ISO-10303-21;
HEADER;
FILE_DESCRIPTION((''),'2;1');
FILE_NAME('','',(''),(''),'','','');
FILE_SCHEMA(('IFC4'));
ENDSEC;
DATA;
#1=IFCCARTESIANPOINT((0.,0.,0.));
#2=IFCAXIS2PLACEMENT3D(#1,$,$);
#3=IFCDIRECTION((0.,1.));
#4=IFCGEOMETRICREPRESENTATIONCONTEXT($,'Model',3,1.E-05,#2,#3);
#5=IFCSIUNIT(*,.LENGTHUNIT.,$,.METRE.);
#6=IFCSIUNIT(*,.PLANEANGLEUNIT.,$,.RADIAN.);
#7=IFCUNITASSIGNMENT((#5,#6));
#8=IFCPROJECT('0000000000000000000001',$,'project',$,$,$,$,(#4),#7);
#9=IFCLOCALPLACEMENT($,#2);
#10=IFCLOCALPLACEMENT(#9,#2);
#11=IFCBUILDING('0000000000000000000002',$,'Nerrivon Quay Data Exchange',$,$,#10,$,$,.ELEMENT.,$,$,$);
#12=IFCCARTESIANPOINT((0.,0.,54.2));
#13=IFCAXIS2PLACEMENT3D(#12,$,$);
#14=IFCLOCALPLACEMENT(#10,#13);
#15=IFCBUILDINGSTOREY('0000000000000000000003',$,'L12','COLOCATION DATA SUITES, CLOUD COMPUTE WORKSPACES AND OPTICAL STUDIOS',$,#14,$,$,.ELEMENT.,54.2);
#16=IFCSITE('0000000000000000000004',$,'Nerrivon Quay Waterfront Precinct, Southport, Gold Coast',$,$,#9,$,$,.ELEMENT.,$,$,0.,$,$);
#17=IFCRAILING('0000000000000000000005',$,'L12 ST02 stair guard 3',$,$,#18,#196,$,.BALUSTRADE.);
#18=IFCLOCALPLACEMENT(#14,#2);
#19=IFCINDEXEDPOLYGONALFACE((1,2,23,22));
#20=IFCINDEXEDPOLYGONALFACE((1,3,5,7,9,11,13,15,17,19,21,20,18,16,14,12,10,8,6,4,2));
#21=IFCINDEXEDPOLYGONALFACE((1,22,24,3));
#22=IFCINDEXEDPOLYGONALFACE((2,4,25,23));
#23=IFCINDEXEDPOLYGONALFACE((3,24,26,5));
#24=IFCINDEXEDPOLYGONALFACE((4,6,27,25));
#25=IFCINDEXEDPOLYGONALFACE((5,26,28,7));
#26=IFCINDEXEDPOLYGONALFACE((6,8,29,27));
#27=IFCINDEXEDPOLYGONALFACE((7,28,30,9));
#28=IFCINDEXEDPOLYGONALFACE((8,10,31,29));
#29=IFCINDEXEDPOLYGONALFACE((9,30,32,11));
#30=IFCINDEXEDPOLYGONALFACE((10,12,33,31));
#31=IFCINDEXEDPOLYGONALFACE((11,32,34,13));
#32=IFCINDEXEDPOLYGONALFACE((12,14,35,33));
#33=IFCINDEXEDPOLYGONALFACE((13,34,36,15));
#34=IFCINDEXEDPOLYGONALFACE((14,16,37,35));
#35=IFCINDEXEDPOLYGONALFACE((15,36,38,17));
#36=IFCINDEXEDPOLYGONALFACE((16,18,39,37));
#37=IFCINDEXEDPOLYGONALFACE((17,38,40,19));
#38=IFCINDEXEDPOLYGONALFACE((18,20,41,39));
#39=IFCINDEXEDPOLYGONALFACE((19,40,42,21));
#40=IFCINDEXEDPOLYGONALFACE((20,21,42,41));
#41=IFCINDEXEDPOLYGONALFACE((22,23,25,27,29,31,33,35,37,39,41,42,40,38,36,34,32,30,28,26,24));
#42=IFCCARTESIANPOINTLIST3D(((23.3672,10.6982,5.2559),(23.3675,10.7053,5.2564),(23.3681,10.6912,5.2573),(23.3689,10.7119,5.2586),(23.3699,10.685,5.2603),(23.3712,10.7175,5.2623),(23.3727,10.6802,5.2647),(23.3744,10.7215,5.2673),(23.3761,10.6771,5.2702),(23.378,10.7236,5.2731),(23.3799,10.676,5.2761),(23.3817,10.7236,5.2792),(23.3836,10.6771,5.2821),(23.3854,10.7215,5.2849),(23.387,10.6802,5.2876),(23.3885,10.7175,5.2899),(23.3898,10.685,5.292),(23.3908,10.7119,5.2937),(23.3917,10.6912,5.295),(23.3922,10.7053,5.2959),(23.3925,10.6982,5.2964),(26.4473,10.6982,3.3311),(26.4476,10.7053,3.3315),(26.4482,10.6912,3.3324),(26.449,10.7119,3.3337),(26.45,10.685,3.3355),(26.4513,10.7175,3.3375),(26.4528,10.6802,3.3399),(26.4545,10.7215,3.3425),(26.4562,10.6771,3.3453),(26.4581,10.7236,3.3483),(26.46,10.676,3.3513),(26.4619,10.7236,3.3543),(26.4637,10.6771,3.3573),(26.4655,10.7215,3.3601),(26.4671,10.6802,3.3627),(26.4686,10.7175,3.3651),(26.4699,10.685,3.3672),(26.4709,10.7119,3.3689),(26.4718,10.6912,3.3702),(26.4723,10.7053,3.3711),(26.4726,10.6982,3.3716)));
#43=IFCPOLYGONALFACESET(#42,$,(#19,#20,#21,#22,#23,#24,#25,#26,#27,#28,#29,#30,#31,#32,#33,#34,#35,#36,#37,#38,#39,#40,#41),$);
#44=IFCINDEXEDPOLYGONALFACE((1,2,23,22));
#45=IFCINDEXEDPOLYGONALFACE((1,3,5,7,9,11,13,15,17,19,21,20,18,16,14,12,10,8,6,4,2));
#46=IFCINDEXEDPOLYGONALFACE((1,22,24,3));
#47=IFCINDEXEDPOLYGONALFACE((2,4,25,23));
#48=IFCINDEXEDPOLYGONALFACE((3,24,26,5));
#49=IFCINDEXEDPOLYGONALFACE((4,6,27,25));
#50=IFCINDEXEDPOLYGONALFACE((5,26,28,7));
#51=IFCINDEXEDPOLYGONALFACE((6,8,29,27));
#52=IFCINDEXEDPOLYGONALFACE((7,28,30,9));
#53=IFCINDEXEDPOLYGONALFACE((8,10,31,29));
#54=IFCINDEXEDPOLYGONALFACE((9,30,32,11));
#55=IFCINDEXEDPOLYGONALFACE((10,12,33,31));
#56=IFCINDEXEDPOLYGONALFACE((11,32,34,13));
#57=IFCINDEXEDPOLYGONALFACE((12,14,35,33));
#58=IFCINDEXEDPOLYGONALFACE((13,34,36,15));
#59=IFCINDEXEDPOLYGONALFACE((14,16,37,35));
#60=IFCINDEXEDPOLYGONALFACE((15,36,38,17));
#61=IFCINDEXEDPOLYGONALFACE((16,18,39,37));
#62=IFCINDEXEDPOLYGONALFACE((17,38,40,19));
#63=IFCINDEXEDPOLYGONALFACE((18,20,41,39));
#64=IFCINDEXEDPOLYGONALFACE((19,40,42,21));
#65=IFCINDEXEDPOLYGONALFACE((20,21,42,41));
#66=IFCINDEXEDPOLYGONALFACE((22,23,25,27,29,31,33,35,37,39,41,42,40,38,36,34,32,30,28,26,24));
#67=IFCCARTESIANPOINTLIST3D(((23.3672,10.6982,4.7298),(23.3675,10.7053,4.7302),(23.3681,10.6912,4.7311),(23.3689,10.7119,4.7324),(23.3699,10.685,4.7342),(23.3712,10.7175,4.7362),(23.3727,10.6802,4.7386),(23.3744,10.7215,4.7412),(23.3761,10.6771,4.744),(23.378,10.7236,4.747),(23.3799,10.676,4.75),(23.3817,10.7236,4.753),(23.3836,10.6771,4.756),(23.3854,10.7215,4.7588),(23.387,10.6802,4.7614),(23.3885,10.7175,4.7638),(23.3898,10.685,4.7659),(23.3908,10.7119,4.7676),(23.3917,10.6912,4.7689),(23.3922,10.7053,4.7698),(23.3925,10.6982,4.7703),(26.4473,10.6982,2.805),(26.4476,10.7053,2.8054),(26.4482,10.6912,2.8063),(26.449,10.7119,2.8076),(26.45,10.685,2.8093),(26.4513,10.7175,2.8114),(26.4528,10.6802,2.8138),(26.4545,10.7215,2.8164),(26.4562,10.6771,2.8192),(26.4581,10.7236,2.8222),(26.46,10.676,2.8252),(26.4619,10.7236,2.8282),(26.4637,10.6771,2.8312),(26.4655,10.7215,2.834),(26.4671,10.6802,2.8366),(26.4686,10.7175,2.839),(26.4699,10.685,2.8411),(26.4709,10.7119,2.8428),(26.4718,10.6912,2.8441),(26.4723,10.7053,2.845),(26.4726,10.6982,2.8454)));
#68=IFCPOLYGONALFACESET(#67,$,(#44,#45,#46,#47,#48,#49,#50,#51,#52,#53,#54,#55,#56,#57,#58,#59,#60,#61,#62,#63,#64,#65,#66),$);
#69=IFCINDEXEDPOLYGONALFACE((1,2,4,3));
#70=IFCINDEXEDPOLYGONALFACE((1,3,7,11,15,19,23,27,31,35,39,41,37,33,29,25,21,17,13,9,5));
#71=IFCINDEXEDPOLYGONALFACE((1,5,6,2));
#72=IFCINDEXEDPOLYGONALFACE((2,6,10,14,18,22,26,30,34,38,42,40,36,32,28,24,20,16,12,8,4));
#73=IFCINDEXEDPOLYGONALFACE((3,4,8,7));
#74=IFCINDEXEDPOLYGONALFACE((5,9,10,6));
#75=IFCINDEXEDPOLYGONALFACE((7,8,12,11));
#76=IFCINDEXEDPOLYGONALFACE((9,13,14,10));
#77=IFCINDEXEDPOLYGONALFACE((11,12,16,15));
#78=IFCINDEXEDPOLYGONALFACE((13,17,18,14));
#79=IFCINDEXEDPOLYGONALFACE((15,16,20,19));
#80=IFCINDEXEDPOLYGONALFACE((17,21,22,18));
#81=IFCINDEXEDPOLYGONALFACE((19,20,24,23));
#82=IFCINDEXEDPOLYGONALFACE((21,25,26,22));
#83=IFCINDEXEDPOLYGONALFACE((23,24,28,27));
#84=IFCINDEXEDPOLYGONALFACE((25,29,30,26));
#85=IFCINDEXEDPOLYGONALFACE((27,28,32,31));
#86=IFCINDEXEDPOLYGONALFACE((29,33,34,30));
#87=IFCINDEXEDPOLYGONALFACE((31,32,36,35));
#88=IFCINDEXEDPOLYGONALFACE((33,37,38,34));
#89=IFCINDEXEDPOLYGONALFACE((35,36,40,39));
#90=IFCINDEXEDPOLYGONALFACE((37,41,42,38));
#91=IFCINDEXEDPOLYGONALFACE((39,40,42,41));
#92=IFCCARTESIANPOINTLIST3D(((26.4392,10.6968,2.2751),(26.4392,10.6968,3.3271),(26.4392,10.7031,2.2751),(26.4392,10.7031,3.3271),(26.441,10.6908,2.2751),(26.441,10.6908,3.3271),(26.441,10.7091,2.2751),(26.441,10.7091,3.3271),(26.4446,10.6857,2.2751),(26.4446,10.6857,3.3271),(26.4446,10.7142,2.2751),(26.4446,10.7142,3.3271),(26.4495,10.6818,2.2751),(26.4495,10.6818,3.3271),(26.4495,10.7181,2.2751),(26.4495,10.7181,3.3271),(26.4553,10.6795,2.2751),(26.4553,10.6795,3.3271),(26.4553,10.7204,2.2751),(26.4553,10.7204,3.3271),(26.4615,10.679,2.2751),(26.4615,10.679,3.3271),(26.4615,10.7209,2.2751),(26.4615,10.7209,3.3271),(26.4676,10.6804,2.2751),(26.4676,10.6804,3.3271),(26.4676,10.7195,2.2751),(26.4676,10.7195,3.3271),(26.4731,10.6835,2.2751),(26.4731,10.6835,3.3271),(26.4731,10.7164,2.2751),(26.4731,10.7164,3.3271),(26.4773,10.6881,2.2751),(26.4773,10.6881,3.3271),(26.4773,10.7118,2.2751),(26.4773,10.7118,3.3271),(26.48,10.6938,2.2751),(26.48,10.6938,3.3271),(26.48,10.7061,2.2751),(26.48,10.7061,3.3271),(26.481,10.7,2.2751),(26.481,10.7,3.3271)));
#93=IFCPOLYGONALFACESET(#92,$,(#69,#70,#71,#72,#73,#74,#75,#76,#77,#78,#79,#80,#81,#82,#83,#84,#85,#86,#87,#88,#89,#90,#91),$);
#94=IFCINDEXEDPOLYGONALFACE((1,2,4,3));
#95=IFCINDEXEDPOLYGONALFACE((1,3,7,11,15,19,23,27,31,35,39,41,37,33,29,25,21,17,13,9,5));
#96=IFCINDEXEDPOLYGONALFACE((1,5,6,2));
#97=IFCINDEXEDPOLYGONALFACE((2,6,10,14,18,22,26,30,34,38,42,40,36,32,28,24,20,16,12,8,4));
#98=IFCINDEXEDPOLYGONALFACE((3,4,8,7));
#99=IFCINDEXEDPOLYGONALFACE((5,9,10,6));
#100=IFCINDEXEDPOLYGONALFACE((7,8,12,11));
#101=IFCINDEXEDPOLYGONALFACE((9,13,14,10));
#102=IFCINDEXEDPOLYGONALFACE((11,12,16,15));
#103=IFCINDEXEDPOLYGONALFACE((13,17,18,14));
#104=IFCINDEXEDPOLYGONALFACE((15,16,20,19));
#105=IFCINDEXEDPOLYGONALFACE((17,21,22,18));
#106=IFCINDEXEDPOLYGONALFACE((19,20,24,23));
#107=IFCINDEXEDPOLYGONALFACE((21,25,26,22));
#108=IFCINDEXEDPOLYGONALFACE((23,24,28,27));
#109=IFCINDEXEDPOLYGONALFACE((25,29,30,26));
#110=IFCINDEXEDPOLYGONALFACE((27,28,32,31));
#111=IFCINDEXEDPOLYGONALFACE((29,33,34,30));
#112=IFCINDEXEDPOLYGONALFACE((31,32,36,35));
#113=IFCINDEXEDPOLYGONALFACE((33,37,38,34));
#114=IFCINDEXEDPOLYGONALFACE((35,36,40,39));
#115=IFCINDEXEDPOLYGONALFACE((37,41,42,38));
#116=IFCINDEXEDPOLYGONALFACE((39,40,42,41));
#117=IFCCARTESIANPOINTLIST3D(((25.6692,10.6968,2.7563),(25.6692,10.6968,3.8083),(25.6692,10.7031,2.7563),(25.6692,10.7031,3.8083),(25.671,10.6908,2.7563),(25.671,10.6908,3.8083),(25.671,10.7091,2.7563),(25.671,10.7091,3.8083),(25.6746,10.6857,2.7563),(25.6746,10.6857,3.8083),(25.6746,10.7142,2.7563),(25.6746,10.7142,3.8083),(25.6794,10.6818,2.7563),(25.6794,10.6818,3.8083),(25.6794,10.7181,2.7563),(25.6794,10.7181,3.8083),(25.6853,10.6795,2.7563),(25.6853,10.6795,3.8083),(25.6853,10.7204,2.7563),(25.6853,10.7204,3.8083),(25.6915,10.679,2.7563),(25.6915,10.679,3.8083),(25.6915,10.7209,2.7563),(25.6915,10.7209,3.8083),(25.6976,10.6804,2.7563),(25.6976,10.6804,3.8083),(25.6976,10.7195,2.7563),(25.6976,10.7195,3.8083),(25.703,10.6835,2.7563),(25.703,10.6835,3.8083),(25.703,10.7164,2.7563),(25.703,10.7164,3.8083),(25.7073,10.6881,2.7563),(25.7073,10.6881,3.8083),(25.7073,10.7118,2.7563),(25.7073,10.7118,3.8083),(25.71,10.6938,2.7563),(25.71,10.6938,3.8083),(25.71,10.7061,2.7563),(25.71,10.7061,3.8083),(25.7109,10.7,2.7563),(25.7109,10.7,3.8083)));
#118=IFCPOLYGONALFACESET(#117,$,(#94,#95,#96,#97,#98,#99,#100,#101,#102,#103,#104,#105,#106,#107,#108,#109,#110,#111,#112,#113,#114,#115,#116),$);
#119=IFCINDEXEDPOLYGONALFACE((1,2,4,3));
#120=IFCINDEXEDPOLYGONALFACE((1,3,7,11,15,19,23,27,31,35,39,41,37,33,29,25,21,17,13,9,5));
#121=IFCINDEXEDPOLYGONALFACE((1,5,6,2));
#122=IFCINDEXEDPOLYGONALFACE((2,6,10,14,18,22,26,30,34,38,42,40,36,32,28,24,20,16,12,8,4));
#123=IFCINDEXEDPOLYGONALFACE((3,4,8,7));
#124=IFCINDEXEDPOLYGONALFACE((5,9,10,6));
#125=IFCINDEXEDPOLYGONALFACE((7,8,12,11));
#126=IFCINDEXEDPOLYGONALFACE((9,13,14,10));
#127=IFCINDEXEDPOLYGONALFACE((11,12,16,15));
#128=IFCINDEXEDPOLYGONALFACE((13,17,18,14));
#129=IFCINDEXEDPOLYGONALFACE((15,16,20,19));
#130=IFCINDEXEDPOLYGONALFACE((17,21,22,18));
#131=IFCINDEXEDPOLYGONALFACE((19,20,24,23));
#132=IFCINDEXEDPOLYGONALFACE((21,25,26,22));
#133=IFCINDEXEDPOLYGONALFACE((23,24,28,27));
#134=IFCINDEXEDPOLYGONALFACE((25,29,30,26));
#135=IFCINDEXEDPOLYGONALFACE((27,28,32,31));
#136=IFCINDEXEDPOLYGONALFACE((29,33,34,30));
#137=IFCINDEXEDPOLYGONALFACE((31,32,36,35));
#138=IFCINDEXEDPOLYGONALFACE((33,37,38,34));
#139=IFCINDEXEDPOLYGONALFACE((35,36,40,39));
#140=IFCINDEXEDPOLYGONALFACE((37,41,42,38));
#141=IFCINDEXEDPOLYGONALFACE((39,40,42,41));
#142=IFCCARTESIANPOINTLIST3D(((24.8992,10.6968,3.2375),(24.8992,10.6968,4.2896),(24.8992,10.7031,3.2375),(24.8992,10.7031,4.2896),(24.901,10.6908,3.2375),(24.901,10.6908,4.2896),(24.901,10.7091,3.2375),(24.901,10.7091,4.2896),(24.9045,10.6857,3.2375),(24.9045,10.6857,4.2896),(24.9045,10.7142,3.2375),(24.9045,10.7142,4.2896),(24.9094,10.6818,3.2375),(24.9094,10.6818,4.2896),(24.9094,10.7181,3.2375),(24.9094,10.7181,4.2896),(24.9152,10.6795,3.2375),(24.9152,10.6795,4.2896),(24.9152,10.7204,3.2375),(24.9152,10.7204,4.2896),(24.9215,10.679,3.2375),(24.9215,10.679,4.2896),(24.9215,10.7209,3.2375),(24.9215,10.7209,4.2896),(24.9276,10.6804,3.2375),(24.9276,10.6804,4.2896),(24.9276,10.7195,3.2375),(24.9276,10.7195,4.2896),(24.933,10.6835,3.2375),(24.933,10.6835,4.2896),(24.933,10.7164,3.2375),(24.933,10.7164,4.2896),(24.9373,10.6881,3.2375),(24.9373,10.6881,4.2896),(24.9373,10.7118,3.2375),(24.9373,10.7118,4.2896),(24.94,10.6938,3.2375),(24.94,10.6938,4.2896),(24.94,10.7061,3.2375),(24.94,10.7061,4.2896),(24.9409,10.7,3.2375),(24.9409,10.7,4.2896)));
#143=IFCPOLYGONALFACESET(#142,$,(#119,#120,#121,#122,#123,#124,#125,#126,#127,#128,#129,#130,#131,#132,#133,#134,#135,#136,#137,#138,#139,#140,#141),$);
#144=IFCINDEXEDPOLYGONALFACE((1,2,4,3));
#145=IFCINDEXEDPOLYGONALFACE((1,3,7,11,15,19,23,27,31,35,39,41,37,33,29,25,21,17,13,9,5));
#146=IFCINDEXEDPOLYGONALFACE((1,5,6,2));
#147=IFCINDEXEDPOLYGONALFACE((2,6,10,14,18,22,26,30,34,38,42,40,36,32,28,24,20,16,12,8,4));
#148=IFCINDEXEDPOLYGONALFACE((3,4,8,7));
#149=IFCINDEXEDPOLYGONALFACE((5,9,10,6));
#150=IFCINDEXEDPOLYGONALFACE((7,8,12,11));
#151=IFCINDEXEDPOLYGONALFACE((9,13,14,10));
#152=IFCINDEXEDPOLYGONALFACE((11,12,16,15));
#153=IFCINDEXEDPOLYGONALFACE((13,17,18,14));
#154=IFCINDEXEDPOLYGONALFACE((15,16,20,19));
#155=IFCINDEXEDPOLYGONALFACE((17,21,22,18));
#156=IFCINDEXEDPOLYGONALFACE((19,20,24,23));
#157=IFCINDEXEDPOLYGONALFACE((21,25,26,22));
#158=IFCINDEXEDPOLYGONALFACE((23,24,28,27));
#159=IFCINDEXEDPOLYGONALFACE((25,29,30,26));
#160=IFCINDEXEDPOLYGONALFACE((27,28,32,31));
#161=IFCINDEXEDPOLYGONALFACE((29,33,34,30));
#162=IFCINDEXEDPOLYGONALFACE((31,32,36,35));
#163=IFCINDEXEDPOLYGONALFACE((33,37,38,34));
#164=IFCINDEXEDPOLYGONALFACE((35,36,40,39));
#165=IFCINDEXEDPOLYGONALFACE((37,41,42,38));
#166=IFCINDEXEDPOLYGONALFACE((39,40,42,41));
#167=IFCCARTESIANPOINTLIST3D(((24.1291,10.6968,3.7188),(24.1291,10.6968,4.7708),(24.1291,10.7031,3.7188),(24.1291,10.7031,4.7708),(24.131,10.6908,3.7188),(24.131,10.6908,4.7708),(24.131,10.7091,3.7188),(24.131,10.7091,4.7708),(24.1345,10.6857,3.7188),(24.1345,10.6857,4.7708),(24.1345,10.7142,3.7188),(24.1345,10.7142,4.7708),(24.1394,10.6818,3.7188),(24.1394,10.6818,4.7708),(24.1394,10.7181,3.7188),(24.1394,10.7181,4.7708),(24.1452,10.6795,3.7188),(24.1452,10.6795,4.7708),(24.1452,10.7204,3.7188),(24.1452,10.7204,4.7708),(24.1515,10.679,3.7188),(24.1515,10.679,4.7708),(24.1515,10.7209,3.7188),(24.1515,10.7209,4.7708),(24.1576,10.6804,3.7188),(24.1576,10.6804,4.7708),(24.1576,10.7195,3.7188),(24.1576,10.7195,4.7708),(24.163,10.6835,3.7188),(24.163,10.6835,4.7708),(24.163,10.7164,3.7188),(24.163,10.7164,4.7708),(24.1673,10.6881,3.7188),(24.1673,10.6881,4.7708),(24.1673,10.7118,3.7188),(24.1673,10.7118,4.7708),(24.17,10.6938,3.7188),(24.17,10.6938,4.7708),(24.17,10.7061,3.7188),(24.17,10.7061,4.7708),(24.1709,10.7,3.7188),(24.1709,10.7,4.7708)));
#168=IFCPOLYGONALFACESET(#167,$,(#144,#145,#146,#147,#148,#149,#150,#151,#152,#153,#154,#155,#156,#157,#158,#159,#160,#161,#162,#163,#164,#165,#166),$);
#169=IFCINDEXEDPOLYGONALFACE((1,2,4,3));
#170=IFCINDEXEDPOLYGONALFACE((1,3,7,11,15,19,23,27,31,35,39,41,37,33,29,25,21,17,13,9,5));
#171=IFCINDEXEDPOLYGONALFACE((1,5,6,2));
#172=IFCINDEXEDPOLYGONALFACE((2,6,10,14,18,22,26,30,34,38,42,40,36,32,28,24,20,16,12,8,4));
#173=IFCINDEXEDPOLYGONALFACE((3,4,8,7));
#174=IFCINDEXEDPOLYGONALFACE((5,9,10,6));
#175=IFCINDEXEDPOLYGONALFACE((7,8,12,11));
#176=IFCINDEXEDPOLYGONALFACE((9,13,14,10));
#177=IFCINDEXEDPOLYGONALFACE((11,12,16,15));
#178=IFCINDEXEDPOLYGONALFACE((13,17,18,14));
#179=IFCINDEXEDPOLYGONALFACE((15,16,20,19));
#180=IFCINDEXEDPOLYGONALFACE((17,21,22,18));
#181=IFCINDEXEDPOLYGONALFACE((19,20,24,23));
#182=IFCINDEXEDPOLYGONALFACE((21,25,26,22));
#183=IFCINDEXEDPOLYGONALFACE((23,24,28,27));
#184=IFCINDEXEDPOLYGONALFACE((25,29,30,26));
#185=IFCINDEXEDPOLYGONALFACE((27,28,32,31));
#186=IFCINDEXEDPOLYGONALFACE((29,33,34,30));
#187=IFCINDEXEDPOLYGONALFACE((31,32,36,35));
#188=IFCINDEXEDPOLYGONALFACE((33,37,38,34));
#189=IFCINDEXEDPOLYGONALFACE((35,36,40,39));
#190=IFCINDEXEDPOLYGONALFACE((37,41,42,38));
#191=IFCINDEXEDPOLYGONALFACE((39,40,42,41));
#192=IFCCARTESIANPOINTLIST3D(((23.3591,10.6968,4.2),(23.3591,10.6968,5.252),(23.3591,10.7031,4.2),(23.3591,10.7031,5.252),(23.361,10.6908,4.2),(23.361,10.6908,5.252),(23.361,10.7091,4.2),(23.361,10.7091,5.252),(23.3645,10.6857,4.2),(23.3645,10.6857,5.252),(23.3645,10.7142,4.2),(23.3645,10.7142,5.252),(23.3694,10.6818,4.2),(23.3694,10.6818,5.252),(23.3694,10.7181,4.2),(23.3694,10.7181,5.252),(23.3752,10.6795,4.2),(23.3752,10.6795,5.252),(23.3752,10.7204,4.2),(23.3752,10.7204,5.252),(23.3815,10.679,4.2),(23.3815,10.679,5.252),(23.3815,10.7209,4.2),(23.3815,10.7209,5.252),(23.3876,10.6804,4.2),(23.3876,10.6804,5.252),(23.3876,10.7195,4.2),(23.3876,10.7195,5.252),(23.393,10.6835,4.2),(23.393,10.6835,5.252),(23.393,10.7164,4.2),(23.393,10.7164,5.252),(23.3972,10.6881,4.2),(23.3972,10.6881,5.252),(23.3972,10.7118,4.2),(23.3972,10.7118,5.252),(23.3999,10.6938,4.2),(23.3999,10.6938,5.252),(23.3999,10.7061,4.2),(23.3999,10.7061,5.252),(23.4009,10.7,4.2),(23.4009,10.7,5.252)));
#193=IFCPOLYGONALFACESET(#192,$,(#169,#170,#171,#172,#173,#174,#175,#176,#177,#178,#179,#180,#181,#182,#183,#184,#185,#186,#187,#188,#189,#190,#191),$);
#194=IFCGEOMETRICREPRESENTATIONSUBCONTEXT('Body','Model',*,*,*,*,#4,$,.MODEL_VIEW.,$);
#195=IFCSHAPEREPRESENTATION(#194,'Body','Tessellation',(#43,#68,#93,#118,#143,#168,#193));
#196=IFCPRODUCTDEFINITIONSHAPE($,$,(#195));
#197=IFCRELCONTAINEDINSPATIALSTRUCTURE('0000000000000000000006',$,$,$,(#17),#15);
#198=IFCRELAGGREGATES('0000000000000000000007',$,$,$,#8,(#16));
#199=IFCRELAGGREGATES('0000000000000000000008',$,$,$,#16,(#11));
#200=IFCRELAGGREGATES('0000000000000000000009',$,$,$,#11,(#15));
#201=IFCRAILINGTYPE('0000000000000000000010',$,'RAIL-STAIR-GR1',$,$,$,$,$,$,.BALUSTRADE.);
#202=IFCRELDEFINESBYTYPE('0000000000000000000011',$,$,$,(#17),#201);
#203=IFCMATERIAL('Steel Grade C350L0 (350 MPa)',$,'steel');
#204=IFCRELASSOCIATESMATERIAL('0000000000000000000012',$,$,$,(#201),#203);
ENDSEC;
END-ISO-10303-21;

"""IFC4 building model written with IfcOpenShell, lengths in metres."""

from ifc_helpers import new_model, si_unit, direction, frame, origin, origin_2d, place, context, subcontext, project, spatial, circle, extrude, material, type_object, element, save


model = new_model("IFC4")

# Units and contexts
model_context = context("Model", 3, precision=1e-05, world=origin(), true_north=direction((0.0, 1.0)))
body_context = subcontext(model_context, "Body", "Model", "MODEL_VIEW")
ifc_project = project(units=[si_unit("LENGTHUNIT", "METRE"), si_unit("PLANEANGLEUNIT", "RADIAN")], contexts=[model_context])

# Site, building, storey
site_placement = place(None, origin())
site = spatial("IfcSite", under=ifc_project, at=site_placement, Name="Nerrivon Quay Waterfront Precinct, Southport, Gold Coast", CompositionType="ELEMENT", RefElevation=0.0)
building_placement = place(site_placement, origin())
building = spatial("IfcBuilding", under=site, at=building_placement, Name="Nerrivon Quay Data Exchange", CompositionType="ELEMENT")
storey_placement = place(building_placement, frame((0.0, 0.0, 54.2)))
storey = spatial("IfcBuildingStorey", under=building, at=storey_placement, Name="L12", Description="COLOCATION DATA SUITES, CLOUD COMPUTE WORKSPACES AND OPTICAL STUDIOS", CompositionType="ELEMENT", Elevation=54.2)

# Railing
ifc_material_1 = material(Name="Steel Grade C350L0 (350 MPa)", Category="steel")
railing_type_1 = type_object("IfcRailingType", Name="RAIL-STAIR-GR1", PredefinedType="BALUSTRADE", material=ifc_material_1)
railing_1_placement = place(storey_placement, frame((26.46, 10.7, 2.2751)))
element("IfcRailing", 1, at=railing_1_placement, inside=storey, type_object=railing_type_1, Name="L12 ST02 stair guard 3", PredefinedType="BALUSTRADE", context=body_context, shape_type="SweptSolid", body=[
    extrude(circle(Radius=0.0239, at=origin_2d()), frame((0.0, 0.0, 1.0762), z_axis=(-0.848029, 0.0, 0.529951), x_axis=(0.0, -1.0, 0.0)), (0.0, 0.0, 1.0), 3.6321),
    extrude(circle(Radius=0.0239, at=origin_2d()), frame((0.0, 0.0, 0.55), z_axis=(-0.848029, 0.0, 0.529951), x_axis=(0.0, -1.0, 0.0)), (0.0, 0.0, 1.0), 3.6321),
    extrude(circle(Radius=0.021, at=origin_2d()), origin(), (0.0, 0.0, 1.0), 1.052),
    extrude(circle(Radius=0.021, at=origin_2d()), frame((-0.77, 0.0, 0.4812)), (0.0, 0.0, 1.0), 1.052),
    extrude(circle(Radius=0.021, at=origin_2d()), frame((-1.54, 0.0, 0.9624)), (0.0, 0.0, 1.0), 1.052),
    extrude(circle(Radius=0.021, at=origin_2d()), frame((-2.3101, 0.0, 1.4436)), (0.0, 0.0, 1.0), 1.052),
    extrude(circle(Radius=0.021, at=origin_2d()), frame((-3.0801, 0.0, 1.9248)), (0.0, 0.0, 1.0), 1.052),
])

save(model, "model.ifc")
